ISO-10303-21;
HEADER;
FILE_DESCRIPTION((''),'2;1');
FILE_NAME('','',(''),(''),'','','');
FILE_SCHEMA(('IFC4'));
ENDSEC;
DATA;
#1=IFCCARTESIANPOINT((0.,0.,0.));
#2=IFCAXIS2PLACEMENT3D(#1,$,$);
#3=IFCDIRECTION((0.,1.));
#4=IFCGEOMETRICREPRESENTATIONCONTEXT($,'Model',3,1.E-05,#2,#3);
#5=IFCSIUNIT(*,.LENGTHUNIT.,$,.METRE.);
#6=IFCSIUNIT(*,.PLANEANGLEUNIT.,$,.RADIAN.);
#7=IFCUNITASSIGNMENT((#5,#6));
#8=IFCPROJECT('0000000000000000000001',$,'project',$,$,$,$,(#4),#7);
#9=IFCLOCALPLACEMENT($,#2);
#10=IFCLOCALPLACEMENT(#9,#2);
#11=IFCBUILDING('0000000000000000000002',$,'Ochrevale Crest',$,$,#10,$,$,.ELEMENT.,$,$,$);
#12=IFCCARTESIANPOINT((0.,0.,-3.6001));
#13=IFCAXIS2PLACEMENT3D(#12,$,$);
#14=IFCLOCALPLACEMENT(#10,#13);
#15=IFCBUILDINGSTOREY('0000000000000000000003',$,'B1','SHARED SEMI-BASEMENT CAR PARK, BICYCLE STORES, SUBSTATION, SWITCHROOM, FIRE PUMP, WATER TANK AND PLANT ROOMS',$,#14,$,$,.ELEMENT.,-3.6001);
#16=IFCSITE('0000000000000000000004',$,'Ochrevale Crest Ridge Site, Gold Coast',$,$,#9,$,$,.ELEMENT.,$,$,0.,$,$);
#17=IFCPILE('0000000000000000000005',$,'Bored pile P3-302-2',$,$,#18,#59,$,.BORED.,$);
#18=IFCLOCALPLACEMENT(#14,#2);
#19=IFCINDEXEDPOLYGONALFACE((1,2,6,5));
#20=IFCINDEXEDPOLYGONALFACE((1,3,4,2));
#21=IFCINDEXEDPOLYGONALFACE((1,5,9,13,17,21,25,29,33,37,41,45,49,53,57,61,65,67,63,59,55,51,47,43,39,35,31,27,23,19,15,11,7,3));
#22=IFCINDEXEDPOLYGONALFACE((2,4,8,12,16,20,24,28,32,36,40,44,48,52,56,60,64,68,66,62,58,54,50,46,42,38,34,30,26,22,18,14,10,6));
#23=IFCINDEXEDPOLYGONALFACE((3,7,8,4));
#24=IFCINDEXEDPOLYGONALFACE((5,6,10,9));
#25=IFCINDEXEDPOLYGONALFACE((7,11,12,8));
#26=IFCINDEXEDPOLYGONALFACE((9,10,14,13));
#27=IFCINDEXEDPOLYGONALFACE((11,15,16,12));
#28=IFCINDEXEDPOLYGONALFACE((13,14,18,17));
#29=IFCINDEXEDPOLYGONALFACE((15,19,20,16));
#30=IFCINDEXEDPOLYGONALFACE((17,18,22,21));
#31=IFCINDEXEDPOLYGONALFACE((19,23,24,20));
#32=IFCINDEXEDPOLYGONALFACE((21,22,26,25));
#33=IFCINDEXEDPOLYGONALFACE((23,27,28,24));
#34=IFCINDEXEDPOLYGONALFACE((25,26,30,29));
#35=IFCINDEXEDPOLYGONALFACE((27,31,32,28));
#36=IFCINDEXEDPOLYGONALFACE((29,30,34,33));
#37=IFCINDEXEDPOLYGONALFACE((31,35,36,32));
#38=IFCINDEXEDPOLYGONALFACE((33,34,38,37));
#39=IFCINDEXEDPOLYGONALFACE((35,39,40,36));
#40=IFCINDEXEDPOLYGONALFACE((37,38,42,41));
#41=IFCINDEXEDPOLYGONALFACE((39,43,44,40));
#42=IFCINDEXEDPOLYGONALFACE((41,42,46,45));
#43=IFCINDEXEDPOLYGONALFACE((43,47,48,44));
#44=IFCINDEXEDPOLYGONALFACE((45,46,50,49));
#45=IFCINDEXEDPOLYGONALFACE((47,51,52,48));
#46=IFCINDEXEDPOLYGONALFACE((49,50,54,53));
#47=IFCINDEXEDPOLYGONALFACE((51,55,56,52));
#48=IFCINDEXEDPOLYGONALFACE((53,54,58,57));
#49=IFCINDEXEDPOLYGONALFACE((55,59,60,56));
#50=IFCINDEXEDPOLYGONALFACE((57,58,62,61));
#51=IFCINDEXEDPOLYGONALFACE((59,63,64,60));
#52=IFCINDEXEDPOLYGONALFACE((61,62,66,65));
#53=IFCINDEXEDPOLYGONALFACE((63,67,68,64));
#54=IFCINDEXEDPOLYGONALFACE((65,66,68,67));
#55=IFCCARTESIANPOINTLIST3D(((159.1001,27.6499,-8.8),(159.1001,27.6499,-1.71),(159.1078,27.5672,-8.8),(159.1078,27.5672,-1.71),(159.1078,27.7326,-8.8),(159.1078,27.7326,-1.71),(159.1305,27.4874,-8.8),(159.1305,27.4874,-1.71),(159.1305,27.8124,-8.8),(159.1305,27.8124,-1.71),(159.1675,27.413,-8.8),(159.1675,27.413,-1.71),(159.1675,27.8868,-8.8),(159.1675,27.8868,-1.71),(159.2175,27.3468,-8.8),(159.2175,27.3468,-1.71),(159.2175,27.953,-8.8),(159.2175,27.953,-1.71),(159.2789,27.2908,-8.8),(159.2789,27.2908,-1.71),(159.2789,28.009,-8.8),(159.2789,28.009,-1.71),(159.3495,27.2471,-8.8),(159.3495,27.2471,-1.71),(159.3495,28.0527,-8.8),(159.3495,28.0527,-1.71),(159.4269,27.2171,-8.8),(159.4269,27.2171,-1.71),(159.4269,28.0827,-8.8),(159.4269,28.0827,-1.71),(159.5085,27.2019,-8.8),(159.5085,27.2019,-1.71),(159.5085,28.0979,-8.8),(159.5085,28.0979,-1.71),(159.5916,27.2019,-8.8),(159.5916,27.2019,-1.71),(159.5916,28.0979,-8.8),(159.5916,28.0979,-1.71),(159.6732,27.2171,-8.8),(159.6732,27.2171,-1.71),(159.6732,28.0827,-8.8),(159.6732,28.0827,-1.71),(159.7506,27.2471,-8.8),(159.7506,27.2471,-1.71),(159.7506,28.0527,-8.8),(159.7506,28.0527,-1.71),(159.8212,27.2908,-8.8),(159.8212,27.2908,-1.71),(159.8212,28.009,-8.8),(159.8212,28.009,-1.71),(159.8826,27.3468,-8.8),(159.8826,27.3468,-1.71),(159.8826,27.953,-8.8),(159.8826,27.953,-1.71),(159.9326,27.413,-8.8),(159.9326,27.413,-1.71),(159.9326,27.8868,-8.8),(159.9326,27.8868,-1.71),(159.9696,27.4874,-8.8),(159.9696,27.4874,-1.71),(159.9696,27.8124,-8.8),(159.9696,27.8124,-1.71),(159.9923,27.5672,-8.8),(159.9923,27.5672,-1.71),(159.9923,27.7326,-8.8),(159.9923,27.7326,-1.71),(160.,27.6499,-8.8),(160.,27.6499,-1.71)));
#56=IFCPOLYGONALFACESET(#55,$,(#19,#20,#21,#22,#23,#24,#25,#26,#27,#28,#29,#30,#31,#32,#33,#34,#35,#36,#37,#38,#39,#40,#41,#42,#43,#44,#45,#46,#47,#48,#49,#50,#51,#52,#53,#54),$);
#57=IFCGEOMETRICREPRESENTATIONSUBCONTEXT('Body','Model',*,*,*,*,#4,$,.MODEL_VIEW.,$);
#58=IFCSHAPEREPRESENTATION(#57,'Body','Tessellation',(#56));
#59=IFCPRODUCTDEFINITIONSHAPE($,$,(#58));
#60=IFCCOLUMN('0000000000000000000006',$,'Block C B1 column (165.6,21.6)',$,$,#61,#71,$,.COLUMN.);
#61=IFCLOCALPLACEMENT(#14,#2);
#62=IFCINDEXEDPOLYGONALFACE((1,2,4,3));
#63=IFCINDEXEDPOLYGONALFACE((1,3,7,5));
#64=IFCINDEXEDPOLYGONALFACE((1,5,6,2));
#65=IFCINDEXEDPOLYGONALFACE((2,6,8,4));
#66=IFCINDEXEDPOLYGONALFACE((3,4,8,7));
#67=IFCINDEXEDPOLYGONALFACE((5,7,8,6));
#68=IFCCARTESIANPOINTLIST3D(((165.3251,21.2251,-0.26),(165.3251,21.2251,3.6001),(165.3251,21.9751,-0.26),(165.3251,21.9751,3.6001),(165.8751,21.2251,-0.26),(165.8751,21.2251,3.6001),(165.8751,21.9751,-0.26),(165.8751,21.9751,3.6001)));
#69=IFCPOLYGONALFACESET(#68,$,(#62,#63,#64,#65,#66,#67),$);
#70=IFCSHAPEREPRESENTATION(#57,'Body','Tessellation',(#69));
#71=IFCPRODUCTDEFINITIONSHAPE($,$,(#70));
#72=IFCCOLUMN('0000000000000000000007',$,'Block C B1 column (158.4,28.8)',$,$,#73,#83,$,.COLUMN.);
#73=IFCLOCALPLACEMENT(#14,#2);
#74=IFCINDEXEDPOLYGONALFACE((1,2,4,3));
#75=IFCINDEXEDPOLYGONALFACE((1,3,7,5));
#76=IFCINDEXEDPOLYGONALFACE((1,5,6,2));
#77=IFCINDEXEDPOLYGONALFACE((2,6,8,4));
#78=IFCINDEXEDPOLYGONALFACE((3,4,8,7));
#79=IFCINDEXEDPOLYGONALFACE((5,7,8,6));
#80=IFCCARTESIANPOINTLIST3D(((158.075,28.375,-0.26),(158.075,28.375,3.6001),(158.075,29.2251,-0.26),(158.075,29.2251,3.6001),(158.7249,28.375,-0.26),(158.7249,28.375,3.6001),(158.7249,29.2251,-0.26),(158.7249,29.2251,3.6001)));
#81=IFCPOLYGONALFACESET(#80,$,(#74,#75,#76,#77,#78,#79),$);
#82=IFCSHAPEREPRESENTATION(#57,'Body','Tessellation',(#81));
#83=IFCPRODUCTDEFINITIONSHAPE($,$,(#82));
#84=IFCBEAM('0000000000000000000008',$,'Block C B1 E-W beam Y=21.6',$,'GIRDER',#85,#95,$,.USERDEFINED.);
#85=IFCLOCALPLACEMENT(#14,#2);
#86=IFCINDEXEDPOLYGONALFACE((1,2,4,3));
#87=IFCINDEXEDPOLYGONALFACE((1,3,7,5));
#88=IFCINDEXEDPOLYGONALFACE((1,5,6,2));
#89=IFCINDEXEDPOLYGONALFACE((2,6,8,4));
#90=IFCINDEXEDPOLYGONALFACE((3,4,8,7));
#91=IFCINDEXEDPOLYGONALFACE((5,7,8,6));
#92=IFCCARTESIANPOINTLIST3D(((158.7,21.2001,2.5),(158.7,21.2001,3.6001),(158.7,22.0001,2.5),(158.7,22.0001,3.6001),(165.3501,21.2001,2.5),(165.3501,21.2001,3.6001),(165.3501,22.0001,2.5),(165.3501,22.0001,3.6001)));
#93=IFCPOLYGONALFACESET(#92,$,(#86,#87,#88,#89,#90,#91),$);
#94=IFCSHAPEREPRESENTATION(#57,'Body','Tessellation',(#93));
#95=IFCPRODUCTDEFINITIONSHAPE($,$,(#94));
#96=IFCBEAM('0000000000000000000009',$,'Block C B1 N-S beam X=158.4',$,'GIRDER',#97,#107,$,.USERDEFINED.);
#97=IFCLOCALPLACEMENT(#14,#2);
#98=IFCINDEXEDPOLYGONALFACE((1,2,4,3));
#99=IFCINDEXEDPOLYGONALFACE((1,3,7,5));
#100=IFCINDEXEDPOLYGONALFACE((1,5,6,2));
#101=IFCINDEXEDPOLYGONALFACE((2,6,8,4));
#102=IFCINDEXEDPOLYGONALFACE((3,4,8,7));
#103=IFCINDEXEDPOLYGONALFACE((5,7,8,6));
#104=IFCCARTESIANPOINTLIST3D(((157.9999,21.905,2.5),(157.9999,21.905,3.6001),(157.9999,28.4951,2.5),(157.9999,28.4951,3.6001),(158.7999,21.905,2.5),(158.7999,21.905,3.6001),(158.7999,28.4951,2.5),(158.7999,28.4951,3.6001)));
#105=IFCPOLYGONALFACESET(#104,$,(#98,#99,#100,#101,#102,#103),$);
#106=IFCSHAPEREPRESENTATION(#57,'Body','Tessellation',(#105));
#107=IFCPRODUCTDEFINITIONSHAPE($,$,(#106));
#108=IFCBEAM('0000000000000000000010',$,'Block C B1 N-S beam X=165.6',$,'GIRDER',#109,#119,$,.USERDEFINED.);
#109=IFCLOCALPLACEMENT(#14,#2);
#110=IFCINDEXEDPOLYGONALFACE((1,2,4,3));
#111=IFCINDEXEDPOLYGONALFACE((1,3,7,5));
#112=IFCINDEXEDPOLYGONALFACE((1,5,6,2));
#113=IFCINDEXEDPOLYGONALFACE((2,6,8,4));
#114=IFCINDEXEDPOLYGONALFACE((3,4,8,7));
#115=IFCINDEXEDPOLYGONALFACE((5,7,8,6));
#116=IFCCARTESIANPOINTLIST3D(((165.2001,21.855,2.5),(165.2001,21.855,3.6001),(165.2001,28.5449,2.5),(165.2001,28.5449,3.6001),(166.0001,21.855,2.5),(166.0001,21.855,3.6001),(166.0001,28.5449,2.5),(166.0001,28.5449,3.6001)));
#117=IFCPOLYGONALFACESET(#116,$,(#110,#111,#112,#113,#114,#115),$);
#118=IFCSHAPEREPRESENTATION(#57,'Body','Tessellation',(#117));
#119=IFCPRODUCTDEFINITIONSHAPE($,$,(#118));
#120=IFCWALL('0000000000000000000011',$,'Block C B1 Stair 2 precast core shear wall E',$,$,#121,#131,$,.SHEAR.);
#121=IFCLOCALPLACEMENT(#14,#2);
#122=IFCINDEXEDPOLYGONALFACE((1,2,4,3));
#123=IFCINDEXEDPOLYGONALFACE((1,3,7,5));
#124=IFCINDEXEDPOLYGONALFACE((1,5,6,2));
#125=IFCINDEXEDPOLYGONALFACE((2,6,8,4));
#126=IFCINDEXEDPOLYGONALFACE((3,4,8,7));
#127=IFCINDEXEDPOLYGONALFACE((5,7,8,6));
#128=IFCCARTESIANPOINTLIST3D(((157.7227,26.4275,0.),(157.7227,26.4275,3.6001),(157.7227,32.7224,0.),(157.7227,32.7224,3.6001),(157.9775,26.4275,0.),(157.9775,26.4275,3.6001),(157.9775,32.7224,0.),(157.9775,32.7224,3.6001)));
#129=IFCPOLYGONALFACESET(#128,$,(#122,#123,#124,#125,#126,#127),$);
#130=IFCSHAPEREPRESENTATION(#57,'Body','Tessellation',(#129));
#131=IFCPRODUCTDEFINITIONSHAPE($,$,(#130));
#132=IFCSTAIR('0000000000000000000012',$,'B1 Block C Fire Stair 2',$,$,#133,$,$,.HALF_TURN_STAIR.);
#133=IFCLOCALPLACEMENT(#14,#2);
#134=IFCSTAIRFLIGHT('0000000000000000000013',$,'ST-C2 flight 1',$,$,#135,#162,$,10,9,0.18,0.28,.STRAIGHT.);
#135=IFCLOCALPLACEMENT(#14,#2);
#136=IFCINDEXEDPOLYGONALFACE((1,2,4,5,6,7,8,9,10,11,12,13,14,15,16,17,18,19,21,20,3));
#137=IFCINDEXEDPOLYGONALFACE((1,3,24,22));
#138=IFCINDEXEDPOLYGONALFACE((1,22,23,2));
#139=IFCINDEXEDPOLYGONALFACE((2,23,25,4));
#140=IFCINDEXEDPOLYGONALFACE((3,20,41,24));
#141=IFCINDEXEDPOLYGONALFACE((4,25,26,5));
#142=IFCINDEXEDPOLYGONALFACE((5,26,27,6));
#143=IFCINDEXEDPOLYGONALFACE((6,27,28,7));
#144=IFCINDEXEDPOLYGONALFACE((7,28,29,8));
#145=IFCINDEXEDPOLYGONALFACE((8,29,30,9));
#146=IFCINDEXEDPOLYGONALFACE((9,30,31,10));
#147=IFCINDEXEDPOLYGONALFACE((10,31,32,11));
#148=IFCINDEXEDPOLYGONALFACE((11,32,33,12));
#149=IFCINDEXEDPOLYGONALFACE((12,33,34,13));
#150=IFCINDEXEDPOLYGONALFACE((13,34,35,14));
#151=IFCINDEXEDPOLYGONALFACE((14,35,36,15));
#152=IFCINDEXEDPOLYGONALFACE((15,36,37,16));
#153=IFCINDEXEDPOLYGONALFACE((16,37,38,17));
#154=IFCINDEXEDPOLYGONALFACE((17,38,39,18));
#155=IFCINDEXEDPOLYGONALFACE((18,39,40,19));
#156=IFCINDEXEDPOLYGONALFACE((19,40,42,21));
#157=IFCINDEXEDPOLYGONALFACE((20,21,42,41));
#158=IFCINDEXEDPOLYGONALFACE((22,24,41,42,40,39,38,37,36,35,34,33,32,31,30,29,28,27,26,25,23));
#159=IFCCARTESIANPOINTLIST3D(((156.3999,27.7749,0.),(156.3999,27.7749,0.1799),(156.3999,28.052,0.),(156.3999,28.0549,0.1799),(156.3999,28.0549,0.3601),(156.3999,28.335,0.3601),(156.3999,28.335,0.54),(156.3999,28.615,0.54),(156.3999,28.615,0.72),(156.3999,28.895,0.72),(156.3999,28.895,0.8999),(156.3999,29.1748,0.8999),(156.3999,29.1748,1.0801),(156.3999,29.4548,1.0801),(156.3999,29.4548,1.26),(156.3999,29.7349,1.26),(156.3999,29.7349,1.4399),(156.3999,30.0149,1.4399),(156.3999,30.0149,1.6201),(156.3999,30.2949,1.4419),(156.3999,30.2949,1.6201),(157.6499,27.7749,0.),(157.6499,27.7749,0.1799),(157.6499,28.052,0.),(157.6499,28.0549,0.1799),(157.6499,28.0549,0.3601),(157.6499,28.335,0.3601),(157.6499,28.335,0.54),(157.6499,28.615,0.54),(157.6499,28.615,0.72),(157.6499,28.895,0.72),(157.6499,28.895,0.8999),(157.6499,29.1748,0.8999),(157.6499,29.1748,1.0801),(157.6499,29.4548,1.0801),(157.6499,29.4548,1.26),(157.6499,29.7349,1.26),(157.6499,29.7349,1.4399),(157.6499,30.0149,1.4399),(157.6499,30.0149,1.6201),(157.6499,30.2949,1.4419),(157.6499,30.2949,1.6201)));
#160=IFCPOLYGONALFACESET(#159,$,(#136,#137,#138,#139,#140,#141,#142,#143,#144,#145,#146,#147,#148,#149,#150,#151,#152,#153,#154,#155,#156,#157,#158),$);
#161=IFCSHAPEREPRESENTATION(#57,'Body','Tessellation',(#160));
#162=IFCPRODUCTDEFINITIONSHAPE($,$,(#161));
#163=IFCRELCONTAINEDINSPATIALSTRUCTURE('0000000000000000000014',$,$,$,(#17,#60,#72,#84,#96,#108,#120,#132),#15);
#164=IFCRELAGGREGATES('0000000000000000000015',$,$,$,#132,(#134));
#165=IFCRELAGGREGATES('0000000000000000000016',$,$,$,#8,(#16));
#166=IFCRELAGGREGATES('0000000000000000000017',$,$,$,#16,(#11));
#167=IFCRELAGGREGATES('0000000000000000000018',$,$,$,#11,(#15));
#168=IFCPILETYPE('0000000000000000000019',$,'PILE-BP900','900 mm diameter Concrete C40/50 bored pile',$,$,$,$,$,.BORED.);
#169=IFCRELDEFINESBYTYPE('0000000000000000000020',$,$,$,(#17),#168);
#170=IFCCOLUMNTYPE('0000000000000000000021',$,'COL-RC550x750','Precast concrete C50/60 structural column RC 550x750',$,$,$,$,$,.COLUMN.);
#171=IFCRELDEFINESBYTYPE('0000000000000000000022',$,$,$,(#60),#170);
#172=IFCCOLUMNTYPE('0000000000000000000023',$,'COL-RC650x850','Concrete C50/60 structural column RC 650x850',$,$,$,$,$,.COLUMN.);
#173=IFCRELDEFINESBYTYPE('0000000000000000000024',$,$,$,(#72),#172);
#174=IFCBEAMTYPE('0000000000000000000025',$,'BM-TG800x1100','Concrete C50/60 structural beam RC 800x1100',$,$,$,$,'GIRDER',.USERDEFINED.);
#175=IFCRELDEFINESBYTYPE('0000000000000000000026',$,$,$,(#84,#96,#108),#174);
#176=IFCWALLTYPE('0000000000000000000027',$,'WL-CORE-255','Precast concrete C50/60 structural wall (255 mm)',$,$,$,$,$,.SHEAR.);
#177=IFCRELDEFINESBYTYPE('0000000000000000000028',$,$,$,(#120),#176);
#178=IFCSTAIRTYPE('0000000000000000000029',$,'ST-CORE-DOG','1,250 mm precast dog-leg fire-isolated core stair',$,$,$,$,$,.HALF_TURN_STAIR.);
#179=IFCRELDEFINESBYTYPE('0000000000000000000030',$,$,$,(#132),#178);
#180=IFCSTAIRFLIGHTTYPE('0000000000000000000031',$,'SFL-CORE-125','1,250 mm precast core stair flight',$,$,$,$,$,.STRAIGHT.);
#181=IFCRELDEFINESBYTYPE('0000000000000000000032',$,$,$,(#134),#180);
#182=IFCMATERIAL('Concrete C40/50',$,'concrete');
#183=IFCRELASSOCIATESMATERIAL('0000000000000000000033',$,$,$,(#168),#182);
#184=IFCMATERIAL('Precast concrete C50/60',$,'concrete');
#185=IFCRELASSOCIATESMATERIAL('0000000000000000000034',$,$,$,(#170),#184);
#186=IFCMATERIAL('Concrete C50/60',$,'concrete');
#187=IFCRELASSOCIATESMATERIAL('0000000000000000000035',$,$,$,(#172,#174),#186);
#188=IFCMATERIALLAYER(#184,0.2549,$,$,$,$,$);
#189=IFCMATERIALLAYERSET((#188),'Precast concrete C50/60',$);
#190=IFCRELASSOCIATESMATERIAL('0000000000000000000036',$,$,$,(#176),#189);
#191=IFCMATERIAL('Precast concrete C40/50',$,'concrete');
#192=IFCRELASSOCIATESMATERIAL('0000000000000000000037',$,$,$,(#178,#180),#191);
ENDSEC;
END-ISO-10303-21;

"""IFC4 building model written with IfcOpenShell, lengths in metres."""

from ifc_helpers import new_model, si_unit, direction, frame, frame_2d, origin, origin_2d, place, context, subcontext, project, spatial, polyline, rectangle, circle, outline, extrude, material, layer, layer_set, material_profile, profile_set, type_object, element, aggregate, save


model = new_model("IFC4")

# Units and contexts
model_context = context("Model", 3, precision=1e-05, world=origin(), true_north=direction((0.0, 1.0)))
body_context = subcontext(model_context, "Body", "Model", "MODEL_VIEW")
ifc_project = project(units=[si_unit("LENGTHUNIT", "METRE"), si_unit("PLANEANGLEUNIT", "RADIAN")], contexts=[model_context])

# Site, building, storey
site_placement = place(None, origin())
site = spatial("IfcSite", under=ifc_project, at=site_placement, Name="Ochrevale Crest Ridge Site, Gold Coast", CompositionType="ELEMENT", RefElevation=0.0)
building_placement = place(site_placement, origin())
building = spatial("IfcBuilding", under=site, at=building_placement, Name="Ochrevale Crest", CompositionType="ELEMENT")
storey_placement = place(building_placement, frame((0.0, 0.0, -3.6001)))
storey = spatial("IfcBuildingStorey", under=building, at=storey_placement, Name="B1", Description="SHARED SEMI-BASEMENT CAR PARK, BICYCLE STORES, SUBSTATION, SWITCHROOM, FIRE PUMP, WATER TANK AND PLANT ROOMS", CompositionType="ELEMENT", Elevation=-3.6001)

# Shared definitions
ifc_material_1 = material(Name="Concrete C40/50", Category="concrete")

# Pile
ifc_material_profile_1 = material_profile(ifc_material_1, circle(Radius=0.45, at=origin_2d()), Name="BORED PILE 900")
ifc_profile_set_1 = profile_set([ifc_material_profile_1], Name="Concrete C40/50")
pile_type_1 = type_object("IfcPileType", Name="PILE-BP900", Description="900 mm diameter Concrete C40/50 bored pile", PredefinedType="BORED", material=ifc_profile_set_1)
for number, where, z_axis, x_axis, name in (
    (1, (159.55, 27.6499, -1.71), (0.0, 0.0, -1.0), (1.0, 0.0, 0.0), "Bored pile P3-302-2"),
):
    element("IfcPile", number, at=place(storey_placement, frame(where, z_axis=z_axis, x_axis=x_axis)), inside=storey, type_object=pile_type_1, Name=name, PredefinedType="BORED", context=body_context, shape_type="SweptSolid", body=[
        extrude(circle(Radius=0.45, at=origin_2d()), origin(), (0.0, 0.0, 1.0), 7.0901),
    ])

# Columns
ifc_material_2 = material(Name="Precast concrete C50/60", Category="concrete")
ifc_material_profile_2 = material_profile(ifc_material_2, rectangle(XDim=0.55, YDim=0.75, at=origin_2d()), Name="RC 550x750")
ifc_profile_set_2 = profile_set([ifc_material_profile_2], Name="Precast concrete C50/60")
column_type_1 = type_object("IfcColumnType", Name="COL-RC550x750", Description="Precast concrete C50/60 structural column RC 550x750", PredefinedType="COLUMN", material=ifc_profile_set_2)
column_1_placement = place(storey_placement, frame((165.6001, 21.6001, -0.26), z_axis=(0.0, 0.0, 1.0), x_axis=(1.0, 0.0, 0.0)))
element("IfcColumn", 2, at=column_1_placement, inside=storey, type_object=column_type_1, Name="Block C B1 column (165.6,21.6)", PredefinedType="COLUMN", context=body_context, shape_type="SweptSolid", body=[
    extrude(rectangle(XDim=0.55, YDim=0.75, at=origin_2d()), origin(), (0.0, 0.0, 1.0), 3.8601),
])
ifc_material_3 = material(Name="Concrete C50/60", Category="concrete")
ifc_material_profile_3 = material_profile(ifc_material_3, rectangle(XDim=0.6499, YDim=0.8501, at=origin_2d()), Name="RC 650x850")
ifc_profile_set_3 = profile_set([ifc_material_profile_3], Name="Concrete C50/60")
column_type_2 = type_object("IfcColumnType", Name="COL-RC650x850", Description="Concrete C50/60 structural column RC 650x850", PredefinedType="COLUMN", material=ifc_profile_set_3)
column_2_placement = place(storey_placement, frame((158.3999, 28.8, -0.26), z_axis=(0.0, 0.0, 1.0), x_axis=(1.0, 0.0, 0.0)))
element("IfcColumn", 3, at=column_2_placement, inside=storey, type_object=column_type_2, Name="Block C B1 column (158.4,28.8)", PredefinedType="COLUMN", context=body_context, shape_type="SweptSolid", body=[
    extrude(rectangle(XDim=0.6499, YDim=0.8501, at=origin_2d()), origin(), (0.0, 0.0, 1.0), 3.8601),
])

# Beams
ifc_material_profile_4 = material_profile(ifc_material_3, rectangle(XDim=0.8, YDim=1.1001, at=origin_2d()), Name="RC 800x1100")
ifc_profile_set_4 = profile_set([ifc_material_profile_4], Name="Concrete C50/60")
beam_type = type_object("IfcBeamType", Name="BM-TG800x1100", Description="Concrete C50/60 structural beam RC 800x1100", ElementType="GIRDER", PredefinedType="USERDEFINED", material=ifc_profile_set_4)
beam_1_placement = place(storey_placement, frame((158.7, 21.6001, 3.05), z_axis=(1.0, 0.0, 0.0), x_axis=(0.0, 1.0, 0.0)))
element("IfcBeam", 4, at=beam_1_placement, inside=storey, type_object=beam_type, Name="Block C B1 E-W beam Y=21.6", ObjectType="GIRDER", PredefinedType="USERDEFINED", context=body_context, shape_type="SweptSolid", body=[
    extrude(rectangle(XDim=0.8, YDim=1.1001, at=origin_2d()), origin(), (0.0, 0.0, 1.0), 6.6501),
])
beam_2_placement = place(storey_placement, frame((158.3999, 21.905, 3.05), z_axis=(0.0, 1.0, 0.0), x_axis=(-1.0, 0.0, 0.0)))
element("IfcBeam", 5, at=beam_2_placement, inside=storey, type_object=beam_type, Name="Block C B1 N-S beam X=158.4", ObjectType="GIRDER", PredefinedType="USERDEFINED", context=body_context, shape_type="SweptSolid", body=[
    extrude(rectangle(XDim=0.8, YDim=1.1001, at=origin_2d()), origin(), (0.0, 0.0, 1.0), 6.5901),
])
beam_3_placement = place(storey_placement, frame((165.6001, 21.855, 3.05), z_axis=(0.0, 1.0, 0.0), x_axis=(-1.0, 0.0, 0.0)))
element("IfcBeam", 6, at=beam_3_placement, inside=storey, type_object=beam_type, Name="Block C B1 N-S beam X=165.6", ObjectType="GIRDER", PredefinedType="USERDEFINED", context=body_context, shape_type="SweptSolid", body=[
    extrude(rectangle(XDim=0.8, YDim=1.1001, at=origin_2d()), origin(), (0.0, 0.0, 1.0), 6.6899),
])

# Wall
ifc_layer = layer(ifc_material_2, 0.2549)
ifc_layer_set = layer_set([ifc_layer], Name="Precast concrete C50/60")
wall_type = type_object("IfcWallType", Name="WL-CORE-255", Description="Precast concrete C50/60 structural wall (255 mm)", PredefinedType="SHEAR", material=ifc_layer_set)
wall_placement = place(storey_placement, frame((157.8501, 26.4275, 0.0), z_axis=(0.0, 0.0, 1.0), x_axis=(0.0, 1.0, 0.0)))
element("IfcWall", 7, at=wall_placement, inside=storey, type_object=wall_type, Name="Block C B1 Stair 2 precast core shear wall E", PredefinedType="SHEAR", context=body_context, shape_type="SweptSolid", body=[
    extrude(rectangle(XDim=6.2949, YDim=0.2549, at=frame_2d((3.1475, 0.0))), origin(), (0.0, 0.0, 1.0), 3.6001),
])

# Stair, stair flight
ifc_material_4 = material(Name="Precast concrete C40/50", Category="concrete")
stair_type = type_object("IfcStairType", Name="ST-CORE-DOG", Description="1,250 mm precast dog-leg fire-isolated core stair", PredefinedType="HALF_TURN_STAIR", material=ifc_material_4)
stair_placement = place(storey_placement, origin())
stair = element("IfcStair", 8, at=stair_placement, inside=storey, type_object=stair_type, Name="B1 Block C Fire Stair 2", PredefinedType="HALF_TURN_STAIR")
stair_flight_type = type_object("IfcStairFlightType", Name="SFL-CORE-125", Description="1,250 mm precast core stair flight", PredefinedType="STRAIGHT", material=ifc_material_4)
stair_flight_placement = place(storey_placement, frame((157.0249, 27.7749, 0.0), z_axis=(0.0, 0.0, 1.0), x_axis=(0.0, 1.0, 0.0)))
stair_flight = element("IfcStairFlight", 9, at=stair_flight_placement, type_object=stair_flight_type, Name="ST-C2 flight 1", NumberOfRisers=10, NumberOfTreads=9, PredefinedType="STRAIGHT", RiserHeight=0.18, TreadLength=0.28, context=body_context, shape_type="SweptSolid", body=[
    extrude(outline(polyline([(0.0, 0.0), (0.0, 0.1799), (0.28, 0.1799), (0.28, 0.3601), (0.5601, 0.3601), (0.5601, 0.54), (0.8401, 0.54), (0.8401, 0.72), (1.1201, 0.72), (1.1201, 0.8999), (1.3999, 0.8999), (1.3999, 1.0801), (1.6799, 1.0801), (1.6799, 1.26), (1.96, 1.26), (1.96, 1.4399), (2.24, 1.4399), (2.24, 1.6201), (2.52, 1.6201), (2.52, 1.8), (2.52, 1.4419), (0.2771, 0.0), (0.0, 0.0)])), frame((0.0, 0.625, 0.0), z_axis=(0.0, -1.0, 0.0), x_axis=(1.0, 0.0, 0.0)), (0.0, 0.0, 1.0), 1.25),
])
aggregate(stair, [stair_flight])

save(model, "model.ifc")
